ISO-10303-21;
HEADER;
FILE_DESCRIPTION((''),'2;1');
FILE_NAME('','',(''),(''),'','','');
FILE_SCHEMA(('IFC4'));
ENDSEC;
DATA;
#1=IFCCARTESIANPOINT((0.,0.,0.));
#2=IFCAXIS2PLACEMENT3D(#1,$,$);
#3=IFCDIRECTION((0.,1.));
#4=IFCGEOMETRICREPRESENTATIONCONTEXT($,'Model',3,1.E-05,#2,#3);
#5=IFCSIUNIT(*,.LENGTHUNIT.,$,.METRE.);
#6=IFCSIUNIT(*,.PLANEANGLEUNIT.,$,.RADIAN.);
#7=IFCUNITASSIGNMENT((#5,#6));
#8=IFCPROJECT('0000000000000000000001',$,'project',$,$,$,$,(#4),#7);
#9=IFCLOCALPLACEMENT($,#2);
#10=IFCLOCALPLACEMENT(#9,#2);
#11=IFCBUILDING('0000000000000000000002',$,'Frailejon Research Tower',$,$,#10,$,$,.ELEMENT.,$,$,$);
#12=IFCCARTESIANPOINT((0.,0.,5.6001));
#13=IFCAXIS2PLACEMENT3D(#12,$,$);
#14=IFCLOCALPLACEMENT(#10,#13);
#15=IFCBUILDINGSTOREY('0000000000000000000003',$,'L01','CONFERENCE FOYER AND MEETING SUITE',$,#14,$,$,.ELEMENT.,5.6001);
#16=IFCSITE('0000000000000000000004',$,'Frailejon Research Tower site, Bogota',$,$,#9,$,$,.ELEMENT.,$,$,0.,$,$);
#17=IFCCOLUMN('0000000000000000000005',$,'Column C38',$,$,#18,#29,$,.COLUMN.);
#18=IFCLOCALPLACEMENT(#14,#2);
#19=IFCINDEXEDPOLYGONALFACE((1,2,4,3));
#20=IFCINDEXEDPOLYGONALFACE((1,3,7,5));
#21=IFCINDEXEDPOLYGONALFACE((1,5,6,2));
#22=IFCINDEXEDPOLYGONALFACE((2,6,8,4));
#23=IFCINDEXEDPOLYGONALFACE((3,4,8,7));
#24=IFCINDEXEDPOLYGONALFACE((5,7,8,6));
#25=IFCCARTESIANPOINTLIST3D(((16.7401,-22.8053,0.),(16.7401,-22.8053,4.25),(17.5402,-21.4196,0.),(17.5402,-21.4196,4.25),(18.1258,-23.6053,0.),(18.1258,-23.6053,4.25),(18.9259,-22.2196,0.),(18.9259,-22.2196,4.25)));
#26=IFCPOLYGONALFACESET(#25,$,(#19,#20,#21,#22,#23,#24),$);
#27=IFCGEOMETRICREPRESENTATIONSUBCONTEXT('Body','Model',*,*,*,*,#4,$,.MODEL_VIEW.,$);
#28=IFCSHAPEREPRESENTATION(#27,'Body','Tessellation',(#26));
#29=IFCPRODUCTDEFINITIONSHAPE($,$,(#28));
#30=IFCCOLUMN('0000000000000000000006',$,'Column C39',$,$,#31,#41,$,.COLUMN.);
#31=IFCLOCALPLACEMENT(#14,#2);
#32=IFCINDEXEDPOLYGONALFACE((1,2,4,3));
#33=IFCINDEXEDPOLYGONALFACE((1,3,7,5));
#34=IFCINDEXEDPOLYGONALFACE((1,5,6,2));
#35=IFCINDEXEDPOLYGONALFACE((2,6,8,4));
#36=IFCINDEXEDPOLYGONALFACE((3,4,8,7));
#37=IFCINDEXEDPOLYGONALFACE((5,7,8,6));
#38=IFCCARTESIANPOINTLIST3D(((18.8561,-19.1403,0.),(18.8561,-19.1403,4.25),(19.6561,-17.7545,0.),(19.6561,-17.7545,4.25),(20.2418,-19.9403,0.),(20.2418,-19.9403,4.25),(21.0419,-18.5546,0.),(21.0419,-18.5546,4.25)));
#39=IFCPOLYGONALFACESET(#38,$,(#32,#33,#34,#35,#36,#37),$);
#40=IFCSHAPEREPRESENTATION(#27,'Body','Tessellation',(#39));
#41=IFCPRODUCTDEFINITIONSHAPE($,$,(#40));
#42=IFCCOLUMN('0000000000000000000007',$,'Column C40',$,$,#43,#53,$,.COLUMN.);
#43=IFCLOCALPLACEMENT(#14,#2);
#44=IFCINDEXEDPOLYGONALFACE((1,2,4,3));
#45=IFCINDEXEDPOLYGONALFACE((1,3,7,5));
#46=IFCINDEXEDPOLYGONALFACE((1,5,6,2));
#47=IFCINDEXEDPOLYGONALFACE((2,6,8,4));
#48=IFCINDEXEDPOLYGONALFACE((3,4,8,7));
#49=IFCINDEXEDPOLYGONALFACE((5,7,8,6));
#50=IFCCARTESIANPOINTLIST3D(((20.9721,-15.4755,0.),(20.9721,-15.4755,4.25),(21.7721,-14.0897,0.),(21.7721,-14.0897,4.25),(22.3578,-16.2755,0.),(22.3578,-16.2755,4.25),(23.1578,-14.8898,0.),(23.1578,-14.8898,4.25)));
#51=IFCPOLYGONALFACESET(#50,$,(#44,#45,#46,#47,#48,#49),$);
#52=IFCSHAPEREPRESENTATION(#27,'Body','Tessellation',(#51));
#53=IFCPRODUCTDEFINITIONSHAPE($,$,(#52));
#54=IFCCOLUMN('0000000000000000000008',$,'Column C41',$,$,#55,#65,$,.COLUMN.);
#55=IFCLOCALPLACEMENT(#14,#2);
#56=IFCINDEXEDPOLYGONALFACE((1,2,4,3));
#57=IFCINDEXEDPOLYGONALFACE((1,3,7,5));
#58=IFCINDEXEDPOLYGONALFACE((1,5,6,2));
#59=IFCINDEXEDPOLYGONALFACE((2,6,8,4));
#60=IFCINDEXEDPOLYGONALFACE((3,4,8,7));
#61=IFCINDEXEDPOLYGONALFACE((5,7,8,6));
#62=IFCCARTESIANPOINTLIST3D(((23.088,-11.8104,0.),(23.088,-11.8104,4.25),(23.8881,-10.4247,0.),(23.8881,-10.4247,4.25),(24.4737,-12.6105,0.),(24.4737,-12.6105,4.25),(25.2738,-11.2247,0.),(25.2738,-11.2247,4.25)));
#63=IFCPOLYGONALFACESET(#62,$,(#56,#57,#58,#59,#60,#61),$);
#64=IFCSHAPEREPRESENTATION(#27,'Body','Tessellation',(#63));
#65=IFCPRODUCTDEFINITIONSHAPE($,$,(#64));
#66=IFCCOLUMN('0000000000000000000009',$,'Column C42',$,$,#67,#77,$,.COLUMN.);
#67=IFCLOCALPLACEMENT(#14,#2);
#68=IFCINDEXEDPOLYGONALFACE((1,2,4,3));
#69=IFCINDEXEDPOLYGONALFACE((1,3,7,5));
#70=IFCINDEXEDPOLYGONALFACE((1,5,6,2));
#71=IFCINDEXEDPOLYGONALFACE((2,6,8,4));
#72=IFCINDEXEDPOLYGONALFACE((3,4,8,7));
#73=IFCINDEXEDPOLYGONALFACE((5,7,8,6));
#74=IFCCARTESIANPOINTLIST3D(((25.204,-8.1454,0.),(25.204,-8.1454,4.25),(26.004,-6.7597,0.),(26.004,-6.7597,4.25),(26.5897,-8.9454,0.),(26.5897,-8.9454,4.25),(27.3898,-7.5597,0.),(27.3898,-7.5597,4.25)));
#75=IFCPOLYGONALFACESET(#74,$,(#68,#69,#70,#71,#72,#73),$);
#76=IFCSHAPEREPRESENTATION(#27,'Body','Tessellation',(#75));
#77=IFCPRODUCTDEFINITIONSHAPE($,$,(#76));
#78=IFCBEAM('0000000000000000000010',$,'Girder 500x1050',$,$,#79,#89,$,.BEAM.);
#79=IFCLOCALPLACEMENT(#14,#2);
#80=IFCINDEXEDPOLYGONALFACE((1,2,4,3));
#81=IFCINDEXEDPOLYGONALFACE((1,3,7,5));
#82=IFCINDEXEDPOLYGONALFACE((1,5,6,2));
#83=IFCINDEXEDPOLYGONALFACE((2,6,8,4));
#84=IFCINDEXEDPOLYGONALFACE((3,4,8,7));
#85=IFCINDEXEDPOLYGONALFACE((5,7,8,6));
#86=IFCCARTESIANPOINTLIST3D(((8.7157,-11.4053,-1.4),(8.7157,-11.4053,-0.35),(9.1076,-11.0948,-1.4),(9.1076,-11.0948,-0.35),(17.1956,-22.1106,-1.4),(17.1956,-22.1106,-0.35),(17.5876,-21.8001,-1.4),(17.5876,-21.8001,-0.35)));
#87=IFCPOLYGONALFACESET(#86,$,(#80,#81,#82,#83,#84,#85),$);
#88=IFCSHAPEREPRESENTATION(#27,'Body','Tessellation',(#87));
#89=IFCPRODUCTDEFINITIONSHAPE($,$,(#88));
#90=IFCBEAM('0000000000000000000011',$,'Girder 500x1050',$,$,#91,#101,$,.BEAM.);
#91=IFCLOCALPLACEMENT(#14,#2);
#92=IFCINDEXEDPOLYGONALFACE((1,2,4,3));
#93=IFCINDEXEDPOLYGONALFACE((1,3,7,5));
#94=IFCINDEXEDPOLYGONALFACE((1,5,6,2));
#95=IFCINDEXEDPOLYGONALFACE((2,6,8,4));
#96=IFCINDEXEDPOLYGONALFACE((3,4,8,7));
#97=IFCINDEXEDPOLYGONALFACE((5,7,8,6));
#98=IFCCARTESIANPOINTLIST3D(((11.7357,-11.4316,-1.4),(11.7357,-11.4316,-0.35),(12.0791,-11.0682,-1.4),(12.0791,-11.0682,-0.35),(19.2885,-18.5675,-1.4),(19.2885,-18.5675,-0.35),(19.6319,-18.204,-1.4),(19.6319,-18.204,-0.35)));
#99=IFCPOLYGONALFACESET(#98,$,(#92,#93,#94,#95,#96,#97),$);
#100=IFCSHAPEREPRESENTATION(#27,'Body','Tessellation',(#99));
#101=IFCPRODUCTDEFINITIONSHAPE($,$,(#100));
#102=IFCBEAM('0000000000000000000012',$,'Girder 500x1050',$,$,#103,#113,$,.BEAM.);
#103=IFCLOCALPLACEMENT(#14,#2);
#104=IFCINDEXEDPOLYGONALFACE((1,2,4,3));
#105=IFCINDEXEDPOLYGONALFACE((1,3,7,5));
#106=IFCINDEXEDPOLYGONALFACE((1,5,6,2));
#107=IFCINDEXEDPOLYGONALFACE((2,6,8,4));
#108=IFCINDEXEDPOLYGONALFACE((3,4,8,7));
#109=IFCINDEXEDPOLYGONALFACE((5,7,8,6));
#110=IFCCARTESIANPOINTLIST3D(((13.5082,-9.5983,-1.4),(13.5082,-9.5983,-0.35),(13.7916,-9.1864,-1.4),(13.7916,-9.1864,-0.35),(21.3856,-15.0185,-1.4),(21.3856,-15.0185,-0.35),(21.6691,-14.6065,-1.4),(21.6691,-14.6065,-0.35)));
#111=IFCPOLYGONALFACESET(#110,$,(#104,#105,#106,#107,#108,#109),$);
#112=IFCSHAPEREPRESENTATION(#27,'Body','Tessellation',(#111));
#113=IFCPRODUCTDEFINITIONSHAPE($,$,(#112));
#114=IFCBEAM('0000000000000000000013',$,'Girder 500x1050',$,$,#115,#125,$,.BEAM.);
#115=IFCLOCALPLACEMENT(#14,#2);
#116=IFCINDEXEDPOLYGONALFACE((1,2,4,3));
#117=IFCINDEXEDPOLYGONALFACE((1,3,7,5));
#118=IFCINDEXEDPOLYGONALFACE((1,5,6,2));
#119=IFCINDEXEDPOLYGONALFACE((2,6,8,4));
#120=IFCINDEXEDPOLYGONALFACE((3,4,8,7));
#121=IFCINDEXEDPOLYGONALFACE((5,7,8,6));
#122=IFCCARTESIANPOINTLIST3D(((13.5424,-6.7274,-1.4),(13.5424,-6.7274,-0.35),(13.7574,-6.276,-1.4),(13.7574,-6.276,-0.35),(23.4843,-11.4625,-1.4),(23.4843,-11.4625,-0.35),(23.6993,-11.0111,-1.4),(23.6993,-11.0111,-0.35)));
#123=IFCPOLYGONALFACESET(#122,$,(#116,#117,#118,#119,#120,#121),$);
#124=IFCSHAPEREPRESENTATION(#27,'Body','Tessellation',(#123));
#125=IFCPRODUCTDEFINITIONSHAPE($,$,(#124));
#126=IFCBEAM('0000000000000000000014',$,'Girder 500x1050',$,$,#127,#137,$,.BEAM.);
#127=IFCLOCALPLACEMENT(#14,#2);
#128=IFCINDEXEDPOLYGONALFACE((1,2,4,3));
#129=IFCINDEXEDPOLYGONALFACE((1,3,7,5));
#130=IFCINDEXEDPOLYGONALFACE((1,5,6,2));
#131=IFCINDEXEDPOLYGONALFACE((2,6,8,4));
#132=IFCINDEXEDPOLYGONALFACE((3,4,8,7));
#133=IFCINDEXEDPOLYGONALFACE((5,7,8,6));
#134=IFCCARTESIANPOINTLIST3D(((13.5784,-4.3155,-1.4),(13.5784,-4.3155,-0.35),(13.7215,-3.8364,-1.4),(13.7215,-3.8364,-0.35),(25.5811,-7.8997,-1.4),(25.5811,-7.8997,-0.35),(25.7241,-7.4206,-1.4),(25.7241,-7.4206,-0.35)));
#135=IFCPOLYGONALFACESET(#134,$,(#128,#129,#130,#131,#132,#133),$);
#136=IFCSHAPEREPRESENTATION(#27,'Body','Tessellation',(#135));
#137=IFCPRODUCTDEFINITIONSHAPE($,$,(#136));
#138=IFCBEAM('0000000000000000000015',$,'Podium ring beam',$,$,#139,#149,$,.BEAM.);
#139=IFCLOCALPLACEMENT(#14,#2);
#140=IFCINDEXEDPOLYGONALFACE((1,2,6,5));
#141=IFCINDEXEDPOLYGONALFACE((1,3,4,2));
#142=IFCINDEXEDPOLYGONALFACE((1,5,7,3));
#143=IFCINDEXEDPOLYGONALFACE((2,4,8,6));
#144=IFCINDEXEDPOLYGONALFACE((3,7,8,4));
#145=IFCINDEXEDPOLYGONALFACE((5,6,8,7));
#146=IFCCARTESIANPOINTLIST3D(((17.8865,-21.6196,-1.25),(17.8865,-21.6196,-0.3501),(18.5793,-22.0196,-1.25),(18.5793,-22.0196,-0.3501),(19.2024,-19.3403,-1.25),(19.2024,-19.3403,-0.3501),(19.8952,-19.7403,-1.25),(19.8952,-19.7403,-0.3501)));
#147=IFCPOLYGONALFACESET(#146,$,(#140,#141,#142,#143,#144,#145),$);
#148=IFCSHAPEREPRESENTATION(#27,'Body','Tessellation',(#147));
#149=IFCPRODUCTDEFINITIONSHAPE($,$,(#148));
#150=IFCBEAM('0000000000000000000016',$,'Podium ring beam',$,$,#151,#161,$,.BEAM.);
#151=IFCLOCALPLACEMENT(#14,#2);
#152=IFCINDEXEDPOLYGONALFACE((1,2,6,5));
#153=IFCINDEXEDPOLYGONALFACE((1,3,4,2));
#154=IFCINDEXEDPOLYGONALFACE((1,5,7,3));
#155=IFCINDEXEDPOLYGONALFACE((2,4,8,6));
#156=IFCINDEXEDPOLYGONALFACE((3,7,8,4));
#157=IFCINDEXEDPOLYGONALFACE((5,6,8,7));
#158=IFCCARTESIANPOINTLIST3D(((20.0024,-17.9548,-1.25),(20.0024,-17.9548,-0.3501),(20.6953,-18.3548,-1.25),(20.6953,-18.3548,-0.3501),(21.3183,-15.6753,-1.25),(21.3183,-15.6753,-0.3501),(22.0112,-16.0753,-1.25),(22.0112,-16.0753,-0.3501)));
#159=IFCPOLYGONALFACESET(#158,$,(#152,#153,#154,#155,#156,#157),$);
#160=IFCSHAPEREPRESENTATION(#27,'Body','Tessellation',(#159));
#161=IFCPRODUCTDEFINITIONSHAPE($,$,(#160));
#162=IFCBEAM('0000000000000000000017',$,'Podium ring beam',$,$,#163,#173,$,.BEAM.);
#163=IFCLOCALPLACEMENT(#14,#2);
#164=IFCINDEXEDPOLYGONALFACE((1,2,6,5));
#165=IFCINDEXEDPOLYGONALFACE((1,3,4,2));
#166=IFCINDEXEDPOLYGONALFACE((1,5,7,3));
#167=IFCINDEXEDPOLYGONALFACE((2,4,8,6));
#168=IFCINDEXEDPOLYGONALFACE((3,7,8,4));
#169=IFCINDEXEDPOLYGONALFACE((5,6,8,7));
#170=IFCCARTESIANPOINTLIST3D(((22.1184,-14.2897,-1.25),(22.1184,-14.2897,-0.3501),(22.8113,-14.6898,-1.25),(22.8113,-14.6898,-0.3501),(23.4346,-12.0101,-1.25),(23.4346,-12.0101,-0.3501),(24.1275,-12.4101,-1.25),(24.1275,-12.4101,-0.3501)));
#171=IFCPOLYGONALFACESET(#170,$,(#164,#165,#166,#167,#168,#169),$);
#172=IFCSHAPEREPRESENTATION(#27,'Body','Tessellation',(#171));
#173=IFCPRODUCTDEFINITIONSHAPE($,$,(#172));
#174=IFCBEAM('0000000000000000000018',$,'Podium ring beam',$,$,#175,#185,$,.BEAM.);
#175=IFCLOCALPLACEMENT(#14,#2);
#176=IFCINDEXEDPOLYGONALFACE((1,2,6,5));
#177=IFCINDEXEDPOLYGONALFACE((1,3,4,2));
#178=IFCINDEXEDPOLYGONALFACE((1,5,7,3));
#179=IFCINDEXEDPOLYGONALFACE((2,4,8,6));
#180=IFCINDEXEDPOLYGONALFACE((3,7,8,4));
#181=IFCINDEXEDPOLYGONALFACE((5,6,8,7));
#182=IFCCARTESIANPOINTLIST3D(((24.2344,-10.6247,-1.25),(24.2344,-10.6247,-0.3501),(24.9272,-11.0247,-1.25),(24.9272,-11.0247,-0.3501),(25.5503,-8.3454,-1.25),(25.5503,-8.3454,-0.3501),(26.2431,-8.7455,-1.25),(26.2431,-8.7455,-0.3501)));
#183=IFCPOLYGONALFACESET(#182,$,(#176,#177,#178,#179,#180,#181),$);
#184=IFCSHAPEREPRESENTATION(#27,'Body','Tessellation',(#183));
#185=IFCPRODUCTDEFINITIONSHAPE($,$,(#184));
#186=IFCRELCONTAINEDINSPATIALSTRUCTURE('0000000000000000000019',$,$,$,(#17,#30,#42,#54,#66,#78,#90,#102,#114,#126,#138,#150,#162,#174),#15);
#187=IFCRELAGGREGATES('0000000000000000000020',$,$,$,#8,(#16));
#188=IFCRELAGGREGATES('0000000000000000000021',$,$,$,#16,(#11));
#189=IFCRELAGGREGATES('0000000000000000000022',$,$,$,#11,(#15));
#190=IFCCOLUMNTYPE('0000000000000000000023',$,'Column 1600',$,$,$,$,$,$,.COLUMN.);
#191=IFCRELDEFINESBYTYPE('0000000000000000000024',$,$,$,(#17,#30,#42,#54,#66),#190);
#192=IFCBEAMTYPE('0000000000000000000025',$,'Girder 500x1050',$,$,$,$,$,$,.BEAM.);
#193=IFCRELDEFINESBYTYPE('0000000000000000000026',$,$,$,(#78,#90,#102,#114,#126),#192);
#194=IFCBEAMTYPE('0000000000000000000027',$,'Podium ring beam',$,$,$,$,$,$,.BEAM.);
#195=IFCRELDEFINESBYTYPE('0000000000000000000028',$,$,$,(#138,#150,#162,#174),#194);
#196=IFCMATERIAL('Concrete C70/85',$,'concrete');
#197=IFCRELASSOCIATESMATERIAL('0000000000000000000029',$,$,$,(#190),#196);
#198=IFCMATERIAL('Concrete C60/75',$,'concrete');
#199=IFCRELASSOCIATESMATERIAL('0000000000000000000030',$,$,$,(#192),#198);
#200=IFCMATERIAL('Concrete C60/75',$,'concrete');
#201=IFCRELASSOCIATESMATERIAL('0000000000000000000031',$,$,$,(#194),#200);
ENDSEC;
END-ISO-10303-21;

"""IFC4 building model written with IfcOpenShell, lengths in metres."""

from ifc_helpers import new_model, si_unit, direction, frame, origin, origin_2d, place, context, subcontext, project, spatial, rectangle, extrude, material, material_profile, profile_set, type_object, element, save


model = new_model("IFC4")

# Units and contexts
model_context = context("Model", 3, precision=1e-05, world=origin(), true_north=direction((0.0, 1.0)))
body_context = subcontext(model_context, "Body", "Model", "MODEL_VIEW")
ifc_project = project(units=[si_unit("LENGTHUNIT", "METRE"), si_unit("PLANEANGLEUNIT", "RADIAN")], contexts=[model_context])

# Site, building, storey
site_placement = place(None, origin())
site = spatial("IfcSite", under=ifc_project, at=site_placement, Name="Frailejon Research Tower site, Bogota", CompositionType="ELEMENT", RefElevation=0.0)
building_placement = place(site_placement, origin())
building = spatial("IfcBuilding", under=site, at=building_placement, Name="Frailejon Research Tower", CompositionType="ELEMENT")
storey_placement = place(building_placement, frame((0.0, 0.0, 5.6001)))
storey = spatial("IfcBuildingStorey", under=building, at=storey_placement, Name="L01", Description="CONFERENCE FOYER AND MEETING SUITE", CompositionType="ELEMENT", Elevation=5.6001)

# Columns
ifc_material_1 = material(Name="Concrete C70/85", Category="concrete")
ifc_material_profile_1 = material_profile(ifc_material_1, rectangle(XDim=1.6001, YDim=1.6001, at=origin_2d()), Name="Column 1600")
ifc_profile_set_1 = profile_set([ifc_material_profile_1], Name="Concrete C70/85")
column_type = type_object("IfcColumnType", Name="Column 1600", PredefinedType="COLUMN", material=ifc_profile_set_1)
for number, where, z_axis, x_axis, name in (
    (1, (17.833, -22.5125, 0.0), (0.0, 0.0, 1.0), (0.5, 0.866025, 0.0), "Column C38"),
    (2, (19.949, -18.8474, 0.0), (0.0, 0.0, 1.0), (0.5, 0.866025, 0.0), "Column C39"),
    (3, (22.0649, -15.1826, 0.0), (0.0, 0.0, 1.0), (0.5, 0.866025, 0.0), "Column C40"),
    (4, (24.1809, -11.5176, 0.0), (0.0, 0.0, 1.0), (0.5, 0.866025, 0.0), "Column C41"),
    (5, (26.2969, -7.8525, 0.0), (0.0, 0.0, 1.0), (0.5, 0.866025, 0.0), "Column C42"),
):
    element("IfcColumn", number, at=place(storey_placement, frame(where, z_axis=z_axis, x_axis=x_axis)), inside=storey, type_object=column_type, Name=name, PredefinedType="COLUMN", context=body_context, shape_type="SweptSolid", body=[
        extrude(rectangle(XDim=1.6001, YDim=1.6001, at=origin_2d()), origin(), (0.0, 0.0, 1.0), 4.25),
    ])

# Beams
ifc_material_2 = material(Name="Concrete C60/75", Category="concrete")
ifc_material_profile_2 = material_profile(ifc_material_2, rectangle(XDim=0.5, YDim=1.05, at=origin_2d()), Name="Girder 500x1050")
ifc_profile_set_2 = profile_set([ifc_material_profile_2], Name="Concrete C60/75")
beam_type_1 = type_object("IfcBeamType", Name="Girder 500x1050", PredefinedType="BEAM", material=ifc_profile_set_2)
beam_1_placement = place(storey_placement, frame((17.3916, -21.9553, -0.875), z_axis=(-0.620925, 0.78387, 0.0), x_axis=(-0.78387, -0.620925, 0.0)))
element("IfcBeam", 6, at=beam_1_placement, inside=storey, type_object=beam_type_1, Name="Girder 500x1050", PredefinedType="BEAM", context=body_context, shape_type="SweptSolid", body=[
    extrude(rectangle(XDim=0.5, YDim=1.05, at=origin_2d()), origin(), (0.0, 0.0, 1.0), 13.657),
])
beam_2_placement = place(storey_placement, frame((19.4602, -18.3857, -0.875), z_axis=(-0.726888, 0.686756, 0.0), x_axis=(-0.686756, -0.726888, 0.0)))
element("IfcBeam", 7, at=beam_2_placement, inside=storey, type_object=beam_type_1, Name="Girder 500x1050", PredefinedType="BEAM", context=body_context, shape_type="SweptSolid", body=[
    extrude(rectangle(XDim=0.5, YDim=1.05, at=origin_2d()), origin(), (0.0, 0.0, 1.0), 10.3906),
])
beam_3_placement = place(storey_placement, frame((21.5273, -14.8125, -0.875), z_axis=(-0.823826, 0.566843, 0.0), x_axis=(-0.566843, -0.823826, 0.0)))
element("IfcBeam", 8, at=beam_3_placement, inside=storey, type_object=beam_type_1, Name="Girder 500x1050", PredefinedType="BEAM", context=body_context, shape_type="SweptSolid", body=[
    extrude(rectangle(XDim=0.5, YDim=1.05, at=origin_2d()), origin(), (0.0, 0.0, 1.0), 9.562),
])
beam_4_placement = place(storey_placement, frame((23.5918, -11.2368, -0.875), z_axis=(-0.90283, 0.429998, 0.0), x_axis=(-0.429998, -0.90283, 0.0)))
element("IfcBeam", 9, at=beam_4_placement, inside=storey, type_object=beam_type_1, Name="Girder 500x1050", PredefinedType="BEAM", context=body_context, shape_type="SweptSolid", body=[
    extrude(rectangle(XDim=0.5, YDim=1.05, at=origin_2d()), origin(), (0.0, 0.0, 1.0), 11.012),
])
beam_5_placement = place(storey_placement, frame((25.6526, -7.6602, -0.875), z_axis=(-0.95819, 0.286134, 0.0), x_axis=(-0.286134, -0.95819, 0.0)))
element("IfcBeam", 10, at=beam_5_placement, inside=storey, type_object=beam_type_1, Name="Girder 500x1050", PredefinedType="BEAM", context=body_context, shape_type="SweptSolid", body=[
    extrude(rectangle(XDim=0.5, YDim=1.05, at=origin_2d()), origin(), (0.0, 0.0, 1.0), 12.5264),
])
ifc_material_3 = material(Name="Concrete C60/75", Category="concrete")
ifc_material_profile_3 = material_profile(ifc_material_3, rectangle(XDim=0.8, YDim=0.8999, at=origin_2d()), Name="Podium ring beam")
ifc_profile_set_3 = profile_set([ifc_material_profile_3], Name="Concrete C60/75")
beam_type_2 = type_object("IfcBeamType", Name="Podium ring beam", PredefinedType="BEAM", material=ifc_profile_set_3)
beam_6_placement = place(storey_placement, frame((18.2329, -21.8196, -0.8), z_axis=(0.49999, 0.866031, 0.0), x_axis=(-0.866031, 0.49999, 0.0)))
element("IfcBeam", 11, at=beam_6_placement, inside=storey, type_object=beam_type_2, Name="Podium ring beam", PredefinedType="BEAM", context=body_context, shape_type="SweptSolid", body=[
    extrude(rectangle(XDim=0.8, YDim=0.8999, at=origin_2d()), origin(), (0.0, 0.0, 1.0), 2.6318),
])
beam_7_placement = place(storey_placement, frame((20.3489, -18.1548, -0.8), z_axis=(0.49995, 0.866054, 0.0), x_axis=(-0.866054, 0.49995, 0.0)))
element("IfcBeam", 12, at=beam_7_placement, inside=storey, type_object=beam_type_2, Name="Podium ring beam", PredefinedType="BEAM", context=body_context, shape_type="SweptSolid", body=[
    extrude(rectangle(XDim=0.8, YDim=0.8999, at=origin_2d()), origin(), (0.0, 0.0, 1.0), 2.6321),
])
beam_8_placement = place(storey_placement, frame((22.4648, -14.4897, -0.8), z_axis=(0.50002, 0.866014, 0.0), x_axis=(-0.866014, 0.50002, 0.0)))
element("IfcBeam", 13, at=beam_8_placement, inside=storey, type_object=beam_type_2, Name="Podium ring beam", PredefinedType="BEAM", context=body_context, shape_type="SweptSolid", body=[
    extrude(rectangle(XDim=0.8, YDim=0.8999, at=origin_2d()), origin(), (0.0, 0.0, 1.0), 2.6323),
])
beam_9_placement = place(storey_placement, frame((24.5808, -10.8247, -0.8), z_axis=(0.49999, 0.866031, 0.0), x_axis=(-0.866031, 0.49999, 0.0)))
element("IfcBeam", 14, at=beam_9_placement, inside=storey, type_object=beam_type_2, Name="Podium ring beam", PredefinedType="BEAM", context=body_context, shape_type="SweptSolid", body=[
    extrude(rectangle(XDim=0.8, YDim=0.8999, at=origin_2d()), origin(), (0.0, 0.0, 1.0), 2.6318),
])

save(model, "model.ifc")
